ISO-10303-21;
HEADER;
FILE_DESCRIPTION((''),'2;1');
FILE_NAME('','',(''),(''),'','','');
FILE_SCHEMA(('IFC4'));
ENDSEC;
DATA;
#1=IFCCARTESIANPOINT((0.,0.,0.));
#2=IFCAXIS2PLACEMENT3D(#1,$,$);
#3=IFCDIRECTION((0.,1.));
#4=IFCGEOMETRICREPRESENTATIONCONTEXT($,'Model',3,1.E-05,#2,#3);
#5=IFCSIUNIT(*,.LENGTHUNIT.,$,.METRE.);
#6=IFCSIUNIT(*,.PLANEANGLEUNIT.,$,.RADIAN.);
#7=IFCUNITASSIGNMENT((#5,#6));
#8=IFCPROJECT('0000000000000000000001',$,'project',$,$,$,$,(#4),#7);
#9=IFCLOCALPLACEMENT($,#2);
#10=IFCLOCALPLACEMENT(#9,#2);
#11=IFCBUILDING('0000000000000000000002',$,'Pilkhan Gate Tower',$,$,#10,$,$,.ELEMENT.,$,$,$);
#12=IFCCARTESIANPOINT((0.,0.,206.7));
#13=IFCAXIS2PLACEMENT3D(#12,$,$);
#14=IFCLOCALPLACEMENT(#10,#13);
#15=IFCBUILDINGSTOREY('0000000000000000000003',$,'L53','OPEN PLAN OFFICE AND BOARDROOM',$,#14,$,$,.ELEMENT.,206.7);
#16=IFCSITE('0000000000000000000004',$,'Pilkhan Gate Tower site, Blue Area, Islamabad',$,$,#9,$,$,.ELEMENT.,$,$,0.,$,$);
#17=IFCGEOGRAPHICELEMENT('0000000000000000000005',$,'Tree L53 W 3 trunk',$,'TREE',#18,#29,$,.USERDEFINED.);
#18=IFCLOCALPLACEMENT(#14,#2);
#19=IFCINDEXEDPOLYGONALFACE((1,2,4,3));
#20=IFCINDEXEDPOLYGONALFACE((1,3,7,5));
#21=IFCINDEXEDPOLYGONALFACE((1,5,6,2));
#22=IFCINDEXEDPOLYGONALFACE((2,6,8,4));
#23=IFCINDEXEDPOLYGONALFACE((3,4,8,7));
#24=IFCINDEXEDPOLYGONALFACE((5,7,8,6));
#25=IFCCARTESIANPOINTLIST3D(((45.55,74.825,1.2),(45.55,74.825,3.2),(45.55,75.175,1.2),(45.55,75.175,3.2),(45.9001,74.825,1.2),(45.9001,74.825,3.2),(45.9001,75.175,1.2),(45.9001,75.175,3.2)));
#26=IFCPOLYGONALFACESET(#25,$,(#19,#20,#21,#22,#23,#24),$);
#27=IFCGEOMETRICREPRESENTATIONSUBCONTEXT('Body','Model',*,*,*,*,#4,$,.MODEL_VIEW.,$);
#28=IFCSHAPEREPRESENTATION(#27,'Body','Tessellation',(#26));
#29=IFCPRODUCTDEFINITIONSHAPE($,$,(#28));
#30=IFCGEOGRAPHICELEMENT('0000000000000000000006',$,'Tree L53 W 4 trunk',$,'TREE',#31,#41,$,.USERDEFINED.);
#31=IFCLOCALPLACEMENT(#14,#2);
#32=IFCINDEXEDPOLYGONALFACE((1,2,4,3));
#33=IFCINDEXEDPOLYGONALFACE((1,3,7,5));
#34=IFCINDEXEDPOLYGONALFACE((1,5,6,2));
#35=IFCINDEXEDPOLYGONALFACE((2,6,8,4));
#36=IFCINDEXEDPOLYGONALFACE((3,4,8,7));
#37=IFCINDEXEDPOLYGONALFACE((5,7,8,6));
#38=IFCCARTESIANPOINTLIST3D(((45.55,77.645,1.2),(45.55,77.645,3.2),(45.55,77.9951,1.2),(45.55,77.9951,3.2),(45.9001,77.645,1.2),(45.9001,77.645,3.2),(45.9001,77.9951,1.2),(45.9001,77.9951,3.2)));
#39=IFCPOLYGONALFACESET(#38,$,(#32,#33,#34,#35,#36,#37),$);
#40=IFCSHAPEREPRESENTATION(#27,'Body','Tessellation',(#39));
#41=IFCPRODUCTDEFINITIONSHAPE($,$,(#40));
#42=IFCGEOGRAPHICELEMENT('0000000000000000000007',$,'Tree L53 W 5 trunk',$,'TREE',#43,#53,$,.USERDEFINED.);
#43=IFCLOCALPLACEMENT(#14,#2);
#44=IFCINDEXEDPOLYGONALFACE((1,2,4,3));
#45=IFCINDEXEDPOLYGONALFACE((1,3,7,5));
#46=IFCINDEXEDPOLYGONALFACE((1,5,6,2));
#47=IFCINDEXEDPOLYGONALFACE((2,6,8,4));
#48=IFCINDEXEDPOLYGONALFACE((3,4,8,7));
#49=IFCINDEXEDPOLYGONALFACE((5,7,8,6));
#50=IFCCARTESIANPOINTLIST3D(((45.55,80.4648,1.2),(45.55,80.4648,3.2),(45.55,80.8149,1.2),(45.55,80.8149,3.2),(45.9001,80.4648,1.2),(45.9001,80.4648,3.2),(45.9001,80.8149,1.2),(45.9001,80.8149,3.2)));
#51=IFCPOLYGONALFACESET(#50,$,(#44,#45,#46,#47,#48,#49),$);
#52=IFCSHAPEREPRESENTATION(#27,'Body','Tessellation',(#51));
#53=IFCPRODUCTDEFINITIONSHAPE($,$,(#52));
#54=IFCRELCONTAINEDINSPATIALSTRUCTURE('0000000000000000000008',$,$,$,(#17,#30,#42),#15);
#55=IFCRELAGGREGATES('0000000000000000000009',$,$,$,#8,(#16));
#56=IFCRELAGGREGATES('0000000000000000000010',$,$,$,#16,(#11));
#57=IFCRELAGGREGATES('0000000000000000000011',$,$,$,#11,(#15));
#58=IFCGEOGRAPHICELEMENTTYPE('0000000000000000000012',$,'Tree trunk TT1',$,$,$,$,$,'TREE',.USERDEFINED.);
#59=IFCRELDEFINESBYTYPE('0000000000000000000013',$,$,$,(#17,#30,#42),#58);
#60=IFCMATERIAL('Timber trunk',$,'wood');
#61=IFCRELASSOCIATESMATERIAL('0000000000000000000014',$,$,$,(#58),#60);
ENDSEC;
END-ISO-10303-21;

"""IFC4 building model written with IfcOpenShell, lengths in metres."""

from ifc_helpers import new_model, si_unit, direction, frame, origin, origin_2d, place, context, subcontext, project, spatial, rectangle, extrude, material, type_object, element, save


model = new_model("IFC4")

# Units and contexts
model_context = context("Model", 3, precision=1e-05, world=origin(), true_north=direction((0.0, 1.0)))
body_context = subcontext(model_context, "Body", "Model", "MODEL_VIEW")
ifc_project = project(units=[si_unit("LENGTHUNIT", "METRE"), si_unit("PLANEANGLEUNIT", "RADIAN")], contexts=[model_context])

# Site, building, storey
site_placement = place(None, origin())
site = spatial("IfcSite", under=ifc_project, at=site_placement, Name="Pilkhan Gate Tower site, Blue Area, Islamabad", CompositionType="ELEMENT", RefElevation=0.0)
building_placement = place(site_placement, origin())
building = spatial("IfcBuilding", under=site, at=building_placement, Name="Pilkhan Gate Tower", CompositionType="ELEMENT")
storey_placement = place(building_placement, frame((0.0, 0.0, 206.7)))
storey = spatial("IfcBuildingStorey", under=building, at=storey_placement, Name="L53", Description="OPEN PLAN OFFICE AND BOARDROOM", CompositionType="ELEMENT", Elevation=206.7)

# Geographic elements
ifc_material_1 = material(Name="Timber trunk", Category="wood")
geographic_element_type_1 = type_object("IfcGeographicElementType", Name="Tree trunk TT1", ElementType="TREE", PredefinedType="USERDEFINED", material=ifc_material_1)
for number, where, z_axis, x_axis, name in (
    (1, (45.7251, 75.0, 1.2), (0.0, 0.0, 1.0), (1.0, 0.0, 0.0), "Tree L53 W 3 trunk"),
    (2, (45.7251, 77.8201, 1.2), (0.0, 0.0, 1.0), (1.0, 0.0, 0.0), "Tree L53 W 4 trunk"),
    (3, (45.7251, 80.6399, 1.2), (0.0, 0.0, 1.0), (1.0, 0.0, 0.0), "Tree L53 W 5 trunk"),
):
    element("IfcGeographicElement", number, at=place(storey_placement, frame(where, z_axis=z_axis, x_axis=x_axis)), inside=storey, type_object=geographic_element_type_1, Name=name, ObjectType="TREE", PredefinedType="USERDEFINED", context=body_context, shape_type="SweptSolid", body=[
        extrude(rectangle(XDim=0.3501, YDim=0.3501, at=origin_2d()), origin(), (0.0, 0.0, 1.0), 2.0),
    ])

save(model, "model.ifc")
